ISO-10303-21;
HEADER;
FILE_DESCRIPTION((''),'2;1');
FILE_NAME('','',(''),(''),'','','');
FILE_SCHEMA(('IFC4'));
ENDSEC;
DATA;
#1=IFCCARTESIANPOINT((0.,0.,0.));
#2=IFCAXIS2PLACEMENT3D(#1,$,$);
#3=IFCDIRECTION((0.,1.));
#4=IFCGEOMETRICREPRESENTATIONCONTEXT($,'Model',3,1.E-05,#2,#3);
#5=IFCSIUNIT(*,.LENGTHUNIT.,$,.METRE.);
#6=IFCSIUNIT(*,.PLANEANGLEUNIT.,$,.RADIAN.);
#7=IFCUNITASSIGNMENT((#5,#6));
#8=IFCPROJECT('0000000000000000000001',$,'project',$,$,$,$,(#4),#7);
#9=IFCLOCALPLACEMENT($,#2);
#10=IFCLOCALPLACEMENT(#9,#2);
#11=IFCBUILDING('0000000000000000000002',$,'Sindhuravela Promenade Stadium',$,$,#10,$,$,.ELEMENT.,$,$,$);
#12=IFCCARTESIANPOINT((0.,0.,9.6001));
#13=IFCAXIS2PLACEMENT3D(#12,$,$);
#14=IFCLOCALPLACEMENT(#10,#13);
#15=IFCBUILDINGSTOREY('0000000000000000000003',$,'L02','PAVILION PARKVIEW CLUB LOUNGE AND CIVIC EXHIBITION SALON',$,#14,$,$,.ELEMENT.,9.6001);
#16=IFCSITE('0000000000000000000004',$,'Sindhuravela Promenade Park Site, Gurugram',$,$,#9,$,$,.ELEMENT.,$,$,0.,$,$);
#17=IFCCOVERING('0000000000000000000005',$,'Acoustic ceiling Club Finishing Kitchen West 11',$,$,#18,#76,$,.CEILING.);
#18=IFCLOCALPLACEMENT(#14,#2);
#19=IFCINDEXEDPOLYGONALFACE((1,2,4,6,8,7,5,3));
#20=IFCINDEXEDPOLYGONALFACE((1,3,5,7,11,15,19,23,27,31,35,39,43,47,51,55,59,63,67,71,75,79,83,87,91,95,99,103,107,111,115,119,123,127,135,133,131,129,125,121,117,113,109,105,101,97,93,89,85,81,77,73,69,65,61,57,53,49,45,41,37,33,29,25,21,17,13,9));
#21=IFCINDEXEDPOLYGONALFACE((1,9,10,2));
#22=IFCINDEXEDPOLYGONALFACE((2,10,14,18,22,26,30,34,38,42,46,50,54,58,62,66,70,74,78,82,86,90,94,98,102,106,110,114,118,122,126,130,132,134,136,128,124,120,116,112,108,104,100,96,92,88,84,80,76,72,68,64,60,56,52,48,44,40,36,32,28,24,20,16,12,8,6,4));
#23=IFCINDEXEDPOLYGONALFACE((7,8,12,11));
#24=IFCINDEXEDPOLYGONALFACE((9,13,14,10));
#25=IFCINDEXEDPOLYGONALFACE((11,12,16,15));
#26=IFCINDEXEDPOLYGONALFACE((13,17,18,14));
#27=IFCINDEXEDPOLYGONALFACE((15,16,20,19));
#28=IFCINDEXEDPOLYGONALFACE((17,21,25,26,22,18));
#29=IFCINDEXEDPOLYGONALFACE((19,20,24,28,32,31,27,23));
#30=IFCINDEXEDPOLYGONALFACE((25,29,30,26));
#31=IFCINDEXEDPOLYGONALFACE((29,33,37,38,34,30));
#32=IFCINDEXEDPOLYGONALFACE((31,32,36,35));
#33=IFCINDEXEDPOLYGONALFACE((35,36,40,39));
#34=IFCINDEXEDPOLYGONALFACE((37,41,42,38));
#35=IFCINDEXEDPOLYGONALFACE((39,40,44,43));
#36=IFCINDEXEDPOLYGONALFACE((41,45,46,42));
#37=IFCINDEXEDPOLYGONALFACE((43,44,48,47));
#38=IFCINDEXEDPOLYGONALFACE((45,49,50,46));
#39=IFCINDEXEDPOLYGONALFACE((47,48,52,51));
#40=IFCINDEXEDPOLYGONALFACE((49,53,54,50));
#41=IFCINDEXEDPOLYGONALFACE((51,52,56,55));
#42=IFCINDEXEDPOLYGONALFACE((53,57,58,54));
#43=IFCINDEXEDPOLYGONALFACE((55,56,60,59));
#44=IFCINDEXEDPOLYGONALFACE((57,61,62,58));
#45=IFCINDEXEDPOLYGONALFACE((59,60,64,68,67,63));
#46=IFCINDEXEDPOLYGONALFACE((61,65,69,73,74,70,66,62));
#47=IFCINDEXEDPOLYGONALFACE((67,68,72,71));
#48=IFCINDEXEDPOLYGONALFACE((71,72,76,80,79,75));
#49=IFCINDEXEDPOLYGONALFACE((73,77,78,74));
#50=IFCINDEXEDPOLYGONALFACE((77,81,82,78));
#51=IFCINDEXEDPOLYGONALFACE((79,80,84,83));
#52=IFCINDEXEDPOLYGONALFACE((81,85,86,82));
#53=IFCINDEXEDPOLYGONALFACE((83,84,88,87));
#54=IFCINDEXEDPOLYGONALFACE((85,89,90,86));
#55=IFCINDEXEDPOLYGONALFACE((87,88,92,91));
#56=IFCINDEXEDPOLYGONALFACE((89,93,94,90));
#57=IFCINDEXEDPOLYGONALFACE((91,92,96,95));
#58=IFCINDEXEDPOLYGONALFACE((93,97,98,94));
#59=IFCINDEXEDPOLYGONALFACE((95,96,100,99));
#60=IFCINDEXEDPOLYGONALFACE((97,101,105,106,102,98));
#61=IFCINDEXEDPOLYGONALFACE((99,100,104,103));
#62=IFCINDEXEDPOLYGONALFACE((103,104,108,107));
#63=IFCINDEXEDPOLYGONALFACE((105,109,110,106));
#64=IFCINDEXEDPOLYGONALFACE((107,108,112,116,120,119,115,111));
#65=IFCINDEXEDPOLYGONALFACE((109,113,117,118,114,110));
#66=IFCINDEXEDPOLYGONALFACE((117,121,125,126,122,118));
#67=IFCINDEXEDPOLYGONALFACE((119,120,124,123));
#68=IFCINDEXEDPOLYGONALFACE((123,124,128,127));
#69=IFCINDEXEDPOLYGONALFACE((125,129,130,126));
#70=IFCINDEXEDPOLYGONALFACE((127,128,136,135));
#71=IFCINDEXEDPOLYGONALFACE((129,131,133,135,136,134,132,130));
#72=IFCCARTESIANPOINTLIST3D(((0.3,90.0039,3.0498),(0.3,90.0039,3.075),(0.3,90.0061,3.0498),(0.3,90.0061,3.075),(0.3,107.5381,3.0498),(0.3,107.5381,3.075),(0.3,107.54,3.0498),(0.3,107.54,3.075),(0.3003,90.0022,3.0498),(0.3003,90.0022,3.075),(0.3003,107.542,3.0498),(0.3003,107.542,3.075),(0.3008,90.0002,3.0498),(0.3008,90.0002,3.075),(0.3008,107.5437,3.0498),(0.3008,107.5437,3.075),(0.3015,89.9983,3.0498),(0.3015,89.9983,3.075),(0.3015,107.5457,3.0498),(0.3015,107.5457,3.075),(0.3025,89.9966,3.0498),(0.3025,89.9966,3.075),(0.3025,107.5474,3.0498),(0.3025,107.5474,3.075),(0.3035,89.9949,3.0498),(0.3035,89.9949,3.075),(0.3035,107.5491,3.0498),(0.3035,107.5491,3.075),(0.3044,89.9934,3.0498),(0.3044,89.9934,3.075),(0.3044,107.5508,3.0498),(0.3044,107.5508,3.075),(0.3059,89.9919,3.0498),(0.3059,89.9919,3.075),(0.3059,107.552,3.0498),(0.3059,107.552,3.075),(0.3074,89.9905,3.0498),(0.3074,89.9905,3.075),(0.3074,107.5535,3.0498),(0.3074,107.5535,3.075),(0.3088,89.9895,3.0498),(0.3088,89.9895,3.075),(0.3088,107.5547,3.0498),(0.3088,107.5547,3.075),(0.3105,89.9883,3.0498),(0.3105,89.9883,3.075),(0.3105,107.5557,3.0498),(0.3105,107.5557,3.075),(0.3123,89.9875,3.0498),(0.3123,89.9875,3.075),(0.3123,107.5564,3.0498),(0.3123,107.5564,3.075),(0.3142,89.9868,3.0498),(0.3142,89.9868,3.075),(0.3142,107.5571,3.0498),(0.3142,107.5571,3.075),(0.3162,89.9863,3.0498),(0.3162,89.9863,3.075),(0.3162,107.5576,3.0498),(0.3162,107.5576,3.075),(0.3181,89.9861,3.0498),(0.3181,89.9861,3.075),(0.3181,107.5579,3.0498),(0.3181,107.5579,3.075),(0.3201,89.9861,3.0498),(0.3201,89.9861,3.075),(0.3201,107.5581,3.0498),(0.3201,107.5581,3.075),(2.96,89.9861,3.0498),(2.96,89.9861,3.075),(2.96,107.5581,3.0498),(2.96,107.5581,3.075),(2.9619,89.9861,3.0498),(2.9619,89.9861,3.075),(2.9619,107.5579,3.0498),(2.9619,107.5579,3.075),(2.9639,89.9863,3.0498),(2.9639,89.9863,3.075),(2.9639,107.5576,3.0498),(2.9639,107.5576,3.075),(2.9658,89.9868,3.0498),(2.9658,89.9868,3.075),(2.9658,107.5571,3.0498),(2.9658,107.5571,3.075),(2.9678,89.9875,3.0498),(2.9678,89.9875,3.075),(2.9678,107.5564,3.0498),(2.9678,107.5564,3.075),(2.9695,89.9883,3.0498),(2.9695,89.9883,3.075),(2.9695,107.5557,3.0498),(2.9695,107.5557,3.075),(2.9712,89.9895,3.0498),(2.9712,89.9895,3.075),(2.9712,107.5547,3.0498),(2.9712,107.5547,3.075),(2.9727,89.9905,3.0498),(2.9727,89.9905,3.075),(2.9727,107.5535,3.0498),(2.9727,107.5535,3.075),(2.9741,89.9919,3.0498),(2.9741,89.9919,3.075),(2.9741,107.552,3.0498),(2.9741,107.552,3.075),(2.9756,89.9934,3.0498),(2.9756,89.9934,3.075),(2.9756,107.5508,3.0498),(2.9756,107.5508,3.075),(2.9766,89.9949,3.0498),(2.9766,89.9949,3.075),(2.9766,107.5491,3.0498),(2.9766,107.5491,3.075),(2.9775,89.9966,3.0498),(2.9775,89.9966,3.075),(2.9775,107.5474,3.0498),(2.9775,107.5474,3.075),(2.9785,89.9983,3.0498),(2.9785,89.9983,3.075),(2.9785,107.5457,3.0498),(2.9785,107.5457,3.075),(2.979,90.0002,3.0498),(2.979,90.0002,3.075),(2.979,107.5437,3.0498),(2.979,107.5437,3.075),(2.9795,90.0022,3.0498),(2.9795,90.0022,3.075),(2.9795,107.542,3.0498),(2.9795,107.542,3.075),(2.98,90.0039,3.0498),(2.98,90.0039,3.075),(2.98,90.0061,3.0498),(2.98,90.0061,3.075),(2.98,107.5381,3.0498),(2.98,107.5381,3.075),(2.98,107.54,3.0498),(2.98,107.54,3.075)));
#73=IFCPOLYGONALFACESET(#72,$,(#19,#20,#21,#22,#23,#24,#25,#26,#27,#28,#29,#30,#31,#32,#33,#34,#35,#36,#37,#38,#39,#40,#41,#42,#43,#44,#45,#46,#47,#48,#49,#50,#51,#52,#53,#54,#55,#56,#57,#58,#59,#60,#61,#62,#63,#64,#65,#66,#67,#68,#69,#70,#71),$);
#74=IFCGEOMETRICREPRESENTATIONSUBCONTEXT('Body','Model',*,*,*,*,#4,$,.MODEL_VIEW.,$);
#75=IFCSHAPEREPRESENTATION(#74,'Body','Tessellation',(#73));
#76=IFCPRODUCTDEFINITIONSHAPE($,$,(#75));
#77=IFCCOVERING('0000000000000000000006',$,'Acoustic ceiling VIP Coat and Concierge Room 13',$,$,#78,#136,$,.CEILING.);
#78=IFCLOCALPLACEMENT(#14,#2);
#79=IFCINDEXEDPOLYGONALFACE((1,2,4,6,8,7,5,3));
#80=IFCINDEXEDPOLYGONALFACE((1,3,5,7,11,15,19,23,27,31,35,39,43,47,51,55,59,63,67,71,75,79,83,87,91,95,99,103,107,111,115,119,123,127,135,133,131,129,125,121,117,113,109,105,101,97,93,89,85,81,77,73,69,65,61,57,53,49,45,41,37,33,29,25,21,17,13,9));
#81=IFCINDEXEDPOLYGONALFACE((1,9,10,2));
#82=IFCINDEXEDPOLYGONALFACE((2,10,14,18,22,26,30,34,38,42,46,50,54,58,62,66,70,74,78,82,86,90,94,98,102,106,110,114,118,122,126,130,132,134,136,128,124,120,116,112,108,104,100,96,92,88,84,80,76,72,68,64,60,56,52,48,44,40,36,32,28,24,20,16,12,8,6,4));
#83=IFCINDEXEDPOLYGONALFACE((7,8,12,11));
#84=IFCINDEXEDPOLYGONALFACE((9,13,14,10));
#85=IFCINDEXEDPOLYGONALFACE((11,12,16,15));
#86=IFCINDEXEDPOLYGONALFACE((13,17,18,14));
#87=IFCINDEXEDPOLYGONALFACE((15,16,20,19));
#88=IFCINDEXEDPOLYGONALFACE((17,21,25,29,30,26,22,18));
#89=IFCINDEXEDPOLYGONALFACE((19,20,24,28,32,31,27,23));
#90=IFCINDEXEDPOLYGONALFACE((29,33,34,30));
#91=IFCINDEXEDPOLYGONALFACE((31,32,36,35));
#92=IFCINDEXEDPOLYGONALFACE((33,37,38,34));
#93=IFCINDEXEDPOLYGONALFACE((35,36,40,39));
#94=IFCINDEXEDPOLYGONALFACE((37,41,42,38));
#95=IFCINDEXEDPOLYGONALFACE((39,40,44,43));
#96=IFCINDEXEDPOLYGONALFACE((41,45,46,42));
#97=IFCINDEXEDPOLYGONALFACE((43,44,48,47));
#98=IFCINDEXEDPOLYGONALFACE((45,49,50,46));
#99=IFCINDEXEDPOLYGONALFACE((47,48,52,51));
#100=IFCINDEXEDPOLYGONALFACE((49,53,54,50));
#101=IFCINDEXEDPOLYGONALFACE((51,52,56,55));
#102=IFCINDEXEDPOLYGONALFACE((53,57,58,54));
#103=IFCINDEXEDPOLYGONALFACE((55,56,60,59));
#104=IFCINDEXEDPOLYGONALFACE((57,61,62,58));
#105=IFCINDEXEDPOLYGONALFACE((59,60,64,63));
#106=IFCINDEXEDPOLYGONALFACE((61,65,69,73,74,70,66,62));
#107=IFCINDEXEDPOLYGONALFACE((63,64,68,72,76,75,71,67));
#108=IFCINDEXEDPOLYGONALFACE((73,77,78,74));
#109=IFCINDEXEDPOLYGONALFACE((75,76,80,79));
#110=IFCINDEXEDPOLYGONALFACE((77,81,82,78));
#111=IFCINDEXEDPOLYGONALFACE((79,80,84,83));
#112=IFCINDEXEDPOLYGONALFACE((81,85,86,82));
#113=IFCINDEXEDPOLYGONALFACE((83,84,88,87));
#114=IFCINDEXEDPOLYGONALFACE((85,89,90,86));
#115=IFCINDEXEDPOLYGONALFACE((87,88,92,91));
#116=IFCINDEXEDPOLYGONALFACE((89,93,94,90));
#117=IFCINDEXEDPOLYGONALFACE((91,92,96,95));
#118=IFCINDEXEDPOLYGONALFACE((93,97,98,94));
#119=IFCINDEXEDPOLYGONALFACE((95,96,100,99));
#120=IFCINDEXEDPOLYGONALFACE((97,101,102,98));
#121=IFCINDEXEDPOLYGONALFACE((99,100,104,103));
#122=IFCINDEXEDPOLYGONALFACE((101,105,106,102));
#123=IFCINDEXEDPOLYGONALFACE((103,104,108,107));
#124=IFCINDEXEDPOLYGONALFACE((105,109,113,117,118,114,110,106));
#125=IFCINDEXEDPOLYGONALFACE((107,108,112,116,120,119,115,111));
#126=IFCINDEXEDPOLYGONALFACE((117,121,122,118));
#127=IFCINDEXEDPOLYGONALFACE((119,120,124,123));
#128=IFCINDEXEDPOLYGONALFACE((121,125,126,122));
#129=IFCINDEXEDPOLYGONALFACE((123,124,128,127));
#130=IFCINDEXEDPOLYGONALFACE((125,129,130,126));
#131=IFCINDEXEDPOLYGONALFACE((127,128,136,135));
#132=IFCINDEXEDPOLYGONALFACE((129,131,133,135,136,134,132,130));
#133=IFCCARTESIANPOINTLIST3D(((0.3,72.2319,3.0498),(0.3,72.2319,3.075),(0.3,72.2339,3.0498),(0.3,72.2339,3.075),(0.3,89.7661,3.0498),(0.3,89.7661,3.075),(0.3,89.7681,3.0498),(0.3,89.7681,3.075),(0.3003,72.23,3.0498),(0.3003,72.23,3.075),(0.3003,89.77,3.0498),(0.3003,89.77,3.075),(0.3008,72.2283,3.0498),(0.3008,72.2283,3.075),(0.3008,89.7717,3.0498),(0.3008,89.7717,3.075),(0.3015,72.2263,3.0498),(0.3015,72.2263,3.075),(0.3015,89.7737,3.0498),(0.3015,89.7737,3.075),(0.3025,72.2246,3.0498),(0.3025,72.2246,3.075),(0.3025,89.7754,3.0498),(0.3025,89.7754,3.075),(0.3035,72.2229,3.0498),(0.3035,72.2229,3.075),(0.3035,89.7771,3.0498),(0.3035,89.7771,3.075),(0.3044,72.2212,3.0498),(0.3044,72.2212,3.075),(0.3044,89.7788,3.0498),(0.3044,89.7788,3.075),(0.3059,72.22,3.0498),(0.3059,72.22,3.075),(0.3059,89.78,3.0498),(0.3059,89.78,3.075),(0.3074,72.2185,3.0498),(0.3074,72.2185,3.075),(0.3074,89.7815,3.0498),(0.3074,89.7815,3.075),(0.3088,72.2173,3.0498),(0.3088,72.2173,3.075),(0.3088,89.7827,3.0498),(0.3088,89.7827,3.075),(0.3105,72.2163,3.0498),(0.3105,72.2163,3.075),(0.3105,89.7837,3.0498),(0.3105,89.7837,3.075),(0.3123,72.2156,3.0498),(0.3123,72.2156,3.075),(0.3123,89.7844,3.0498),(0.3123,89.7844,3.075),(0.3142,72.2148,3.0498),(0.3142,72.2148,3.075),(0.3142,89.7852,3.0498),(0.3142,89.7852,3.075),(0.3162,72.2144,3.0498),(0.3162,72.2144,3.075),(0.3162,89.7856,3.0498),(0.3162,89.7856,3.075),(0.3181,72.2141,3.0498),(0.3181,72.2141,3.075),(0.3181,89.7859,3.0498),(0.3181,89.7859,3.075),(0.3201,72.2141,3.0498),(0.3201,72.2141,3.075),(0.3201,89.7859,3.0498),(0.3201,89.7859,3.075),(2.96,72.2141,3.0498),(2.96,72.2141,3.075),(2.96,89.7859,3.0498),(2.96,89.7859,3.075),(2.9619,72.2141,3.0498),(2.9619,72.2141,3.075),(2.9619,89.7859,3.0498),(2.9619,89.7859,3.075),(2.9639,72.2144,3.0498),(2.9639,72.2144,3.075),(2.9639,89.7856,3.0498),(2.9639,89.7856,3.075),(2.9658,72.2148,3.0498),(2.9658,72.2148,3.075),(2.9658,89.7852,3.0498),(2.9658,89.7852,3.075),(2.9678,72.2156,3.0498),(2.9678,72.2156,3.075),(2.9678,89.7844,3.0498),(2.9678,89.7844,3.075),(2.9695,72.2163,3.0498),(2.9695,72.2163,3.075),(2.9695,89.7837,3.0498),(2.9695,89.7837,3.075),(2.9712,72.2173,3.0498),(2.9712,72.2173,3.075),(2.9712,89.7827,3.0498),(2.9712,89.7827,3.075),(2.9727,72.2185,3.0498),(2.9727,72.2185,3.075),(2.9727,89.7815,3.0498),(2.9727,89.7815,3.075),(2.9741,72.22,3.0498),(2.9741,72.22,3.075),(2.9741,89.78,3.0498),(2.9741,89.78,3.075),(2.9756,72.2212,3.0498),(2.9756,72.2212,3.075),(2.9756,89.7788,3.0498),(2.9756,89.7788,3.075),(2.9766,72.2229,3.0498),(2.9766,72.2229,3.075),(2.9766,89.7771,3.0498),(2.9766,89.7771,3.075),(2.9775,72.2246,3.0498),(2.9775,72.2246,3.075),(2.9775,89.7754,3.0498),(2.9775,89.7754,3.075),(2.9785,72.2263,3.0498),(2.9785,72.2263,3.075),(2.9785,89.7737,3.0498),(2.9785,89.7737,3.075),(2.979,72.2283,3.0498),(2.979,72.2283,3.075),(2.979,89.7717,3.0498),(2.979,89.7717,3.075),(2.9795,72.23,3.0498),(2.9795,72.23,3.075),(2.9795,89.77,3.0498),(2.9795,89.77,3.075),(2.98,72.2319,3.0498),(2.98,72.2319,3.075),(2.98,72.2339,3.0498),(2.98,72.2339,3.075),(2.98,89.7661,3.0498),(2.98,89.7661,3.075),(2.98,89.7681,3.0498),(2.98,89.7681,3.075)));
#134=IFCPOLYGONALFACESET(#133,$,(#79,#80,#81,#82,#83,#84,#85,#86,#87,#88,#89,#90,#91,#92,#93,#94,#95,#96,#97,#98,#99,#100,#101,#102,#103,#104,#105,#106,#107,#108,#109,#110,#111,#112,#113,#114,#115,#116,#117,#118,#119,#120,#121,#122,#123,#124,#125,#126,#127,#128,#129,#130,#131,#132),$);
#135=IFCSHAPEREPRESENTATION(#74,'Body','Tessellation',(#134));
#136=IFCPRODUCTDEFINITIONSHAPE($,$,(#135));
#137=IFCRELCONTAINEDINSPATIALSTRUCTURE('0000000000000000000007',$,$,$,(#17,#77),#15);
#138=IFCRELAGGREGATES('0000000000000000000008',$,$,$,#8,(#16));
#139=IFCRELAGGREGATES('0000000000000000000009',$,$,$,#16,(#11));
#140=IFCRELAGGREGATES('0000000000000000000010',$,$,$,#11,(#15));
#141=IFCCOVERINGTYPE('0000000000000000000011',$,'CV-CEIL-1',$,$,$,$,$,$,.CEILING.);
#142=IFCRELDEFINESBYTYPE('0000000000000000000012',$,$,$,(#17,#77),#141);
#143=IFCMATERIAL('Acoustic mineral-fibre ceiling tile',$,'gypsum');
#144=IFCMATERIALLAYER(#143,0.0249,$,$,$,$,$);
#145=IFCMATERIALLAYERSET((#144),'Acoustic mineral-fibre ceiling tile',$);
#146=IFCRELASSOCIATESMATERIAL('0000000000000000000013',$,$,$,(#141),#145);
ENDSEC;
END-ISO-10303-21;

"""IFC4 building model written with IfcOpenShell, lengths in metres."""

from ifc_helpers import new_model, si_unit, direction, frame, origin, place, context, subcontext, project, spatial, polyline, outline, extrude, material, layer, layer_set, type_object, element, save


model = new_model("IFC4")

# Units and contexts
model_context = context("Model", 3, precision=1e-05, world=origin(), true_north=direction((0.0, 1.0)))
body_context = subcontext(model_context, "Body", "Model", "MODEL_VIEW")
ifc_project = project(units=[si_unit("LENGTHUNIT", "METRE"), si_unit("PLANEANGLEUNIT", "RADIAN")], contexts=[model_context])

# Site, building, storey
site_placement = place(None, origin())
site = spatial("IfcSite", under=ifc_project, at=site_placement, Name="Sindhuravela Promenade Park Site, Gurugram", CompositionType="ELEMENT", RefElevation=0.0)
building_placement = place(site_placement, origin())
building = spatial("IfcBuilding", under=site, at=building_placement, Name="Sindhuravela Promenade Stadium", CompositionType="ELEMENT")
storey_placement = place(building_placement, frame((0.0, 0.0, 9.6001)))
storey = spatial("IfcBuildingStorey", under=building, at=storey_placement, Name="L02", Description="PAVILION PARKVIEW CLUB LOUNGE AND CIVIC EXHIBITION SALON", CompositionType="ELEMENT", Elevation=9.6001)

# Coverings
ifc_material_1 = material(Name="Acoustic mineral-fibre ceiling tile", Category="gypsum")
ifc_layer_1 = layer(ifc_material_1, 0.0249)
ifc_layer_set_1 = layer_set([ifc_layer_1], Name="Acoustic mineral-fibre ceiling tile")
covering_type_1 = type_object("IfcCoveringType", Name="CV-CEIL-1", PredefinedType="CEILING", material=ifc_layer_set_1)
covering_1_placement = place(storey_placement, frame((0.0, 0.0, 3.0498)))
element("IfcCovering", 1, at=covering_1_placement, inside=storey, type_object=covering_type_1, Name="Acoustic ceiling Club Finishing Kitchen West 11", PredefinedType="CEILING", context=body_context, shape_type="SweptSolid", body=[
    extrude(outline(polyline([(0.3, 107.5381), (0.3, 107.54), (0.3003, 107.542), (0.3008, 107.5437), (0.3015, 107.5457), (0.3025, 107.5474), (0.3035, 107.5491), (0.3044, 107.5508), (0.3059, 107.552), (0.3074, 107.5535), (0.3088, 107.5547), (0.3105, 107.5557), (0.3123, 107.5564), (0.3142, 107.5571), (0.3162, 107.5576), (0.3181, 107.5579), (0.3201, 107.5581), (2.96, 107.5581), (2.9619, 107.5579), (2.9639, 107.5576), (2.9658, 107.5571), (2.9678, 107.5564), (2.9695, 107.5557), (2.9712, 107.5547), (2.9727, 107.5535), (2.9741, 107.552), (2.9756, 107.5508), (2.9766, 107.5491), (2.9775, 107.5474), (2.9785, 107.5457), (2.979, 107.5437), (2.9795, 107.542), (2.98, 107.54), (2.98, 107.5381), (2.98, 90.0061), (2.98, 90.0039), (2.9795, 90.0022), (2.979, 90.0002), (2.9785, 89.9983), (2.9775, 89.9966), (2.9766, 89.9949), (2.9756, 89.9934), (2.9741, 89.9919), (2.9727, 89.9905), (2.9712, 89.9895), (2.9695, 89.9883), (2.9678, 89.9875), (2.9658, 89.9868), (2.9639, 89.9863), (2.9619, 89.9861), (2.96, 89.9861), (0.3201, 89.9861), (0.3181, 89.9861), (0.3162, 89.9863), (0.3142, 89.9868), (0.3123, 89.9875), (0.3105, 89.9883), (0.3088, 89.9895), (0.3074, 89.9905), (0.3059, 89.9919), (0.3044, 89.9934), (0.3035, 89.9949), (0.3025, 89.9966), (0.3015, 89.9983), (0.3008, 90.0002), (0.3003, 90.0022), (0.3, 90.0039), (0.3, 90.0061), (0.3, 107.5381)])), origin(), (0.0, 0.0, 1.0), 0.0251),
])
covering_2_placement = place(storey_placement, frame((0.0, 0.0, 3.0498)))
element("IfcCovering", 2, at=covering_2_placement, inside=storey, type_object=covering_type_1, Name="Acoustic ceiling VIP Coat and Concierge Room 13", PredefinedType="CEILING", context=body_context, shape_type="SweptSolid", body=[
    extrude(outline(polyline([(0.3, 89.7661), (0.3, 89.7681), (0.3003, 89.77), (0.3008, 89.7717), (0.3015, 89.7737), (0.3025, 89.7754), (0.3035, 89.7771), (0.3044, 89.7788), (0.3059, 89.78), (0.3074, 89.7815), (0.3088, 89.7827), (0.3105, 89.7837), (0.3123, 89.7844), (0.3142, 89.7852), (0.3162, 89.7856), (0.3181, 89.7859), (0.3201, 89.7859), (2.96, 89.7859), (2.9619, 89.7859), (2.9639, 89.7856), (2.9658, 89.7852), (2.9678, 89.7844), (2.9695, 89.7837), (2.9712, 89.7827), (2.9727, 89.7815), (2.9741, 89.78), (2.9756, 89.7788), (2.9766, 89.7771), (2.9775, 89.7754), (2.9785, 89.7737), (2.979, 89.7717), (2.9795, 89.77), (2.98, 89.7681), (2.98, 89.7661), (2.98, 72.2339), (2.98, 72.2319), (2.9795, 72.23), (2.979, 72.2283), (2.9785, 72.2263), (2.9775, 72.2246), (2.9766, 72.2229), (2.9756, 72.2212), (2.9741, 72.22), (2.9727, 72.2185), (2.9712, 72.2173), (2.9695, 72.2163), (2.9678, 72.2156), (2.9658, 72.2148), (2.9639, 72.2144), (2.9619, 72.2141), (2.96, 72.2141), (0.3201, 72.2141), (0.3181, 72.2141), (0.3162, 72.2144), (0.3142, 72.2148), (0.3123, 72.2156), (0.3105, 72.2163), (0.3088, 72.2173), (0.3074, 72.2185), (0.3059, 72.22), (0.3044, 72.2212), (0.3035, 72.2229), (0.3025, 72.2246), (0.3015, 72.2263), (0.3008, 72.2283), (0.3003, 72.23), (0.3, 72.2319), (0.3, 72.2339), (0.3, 89.7661)])), origin(), (0.0, 0.0, 1.0), 0.0251),
])

save(model, "model.ifc")
